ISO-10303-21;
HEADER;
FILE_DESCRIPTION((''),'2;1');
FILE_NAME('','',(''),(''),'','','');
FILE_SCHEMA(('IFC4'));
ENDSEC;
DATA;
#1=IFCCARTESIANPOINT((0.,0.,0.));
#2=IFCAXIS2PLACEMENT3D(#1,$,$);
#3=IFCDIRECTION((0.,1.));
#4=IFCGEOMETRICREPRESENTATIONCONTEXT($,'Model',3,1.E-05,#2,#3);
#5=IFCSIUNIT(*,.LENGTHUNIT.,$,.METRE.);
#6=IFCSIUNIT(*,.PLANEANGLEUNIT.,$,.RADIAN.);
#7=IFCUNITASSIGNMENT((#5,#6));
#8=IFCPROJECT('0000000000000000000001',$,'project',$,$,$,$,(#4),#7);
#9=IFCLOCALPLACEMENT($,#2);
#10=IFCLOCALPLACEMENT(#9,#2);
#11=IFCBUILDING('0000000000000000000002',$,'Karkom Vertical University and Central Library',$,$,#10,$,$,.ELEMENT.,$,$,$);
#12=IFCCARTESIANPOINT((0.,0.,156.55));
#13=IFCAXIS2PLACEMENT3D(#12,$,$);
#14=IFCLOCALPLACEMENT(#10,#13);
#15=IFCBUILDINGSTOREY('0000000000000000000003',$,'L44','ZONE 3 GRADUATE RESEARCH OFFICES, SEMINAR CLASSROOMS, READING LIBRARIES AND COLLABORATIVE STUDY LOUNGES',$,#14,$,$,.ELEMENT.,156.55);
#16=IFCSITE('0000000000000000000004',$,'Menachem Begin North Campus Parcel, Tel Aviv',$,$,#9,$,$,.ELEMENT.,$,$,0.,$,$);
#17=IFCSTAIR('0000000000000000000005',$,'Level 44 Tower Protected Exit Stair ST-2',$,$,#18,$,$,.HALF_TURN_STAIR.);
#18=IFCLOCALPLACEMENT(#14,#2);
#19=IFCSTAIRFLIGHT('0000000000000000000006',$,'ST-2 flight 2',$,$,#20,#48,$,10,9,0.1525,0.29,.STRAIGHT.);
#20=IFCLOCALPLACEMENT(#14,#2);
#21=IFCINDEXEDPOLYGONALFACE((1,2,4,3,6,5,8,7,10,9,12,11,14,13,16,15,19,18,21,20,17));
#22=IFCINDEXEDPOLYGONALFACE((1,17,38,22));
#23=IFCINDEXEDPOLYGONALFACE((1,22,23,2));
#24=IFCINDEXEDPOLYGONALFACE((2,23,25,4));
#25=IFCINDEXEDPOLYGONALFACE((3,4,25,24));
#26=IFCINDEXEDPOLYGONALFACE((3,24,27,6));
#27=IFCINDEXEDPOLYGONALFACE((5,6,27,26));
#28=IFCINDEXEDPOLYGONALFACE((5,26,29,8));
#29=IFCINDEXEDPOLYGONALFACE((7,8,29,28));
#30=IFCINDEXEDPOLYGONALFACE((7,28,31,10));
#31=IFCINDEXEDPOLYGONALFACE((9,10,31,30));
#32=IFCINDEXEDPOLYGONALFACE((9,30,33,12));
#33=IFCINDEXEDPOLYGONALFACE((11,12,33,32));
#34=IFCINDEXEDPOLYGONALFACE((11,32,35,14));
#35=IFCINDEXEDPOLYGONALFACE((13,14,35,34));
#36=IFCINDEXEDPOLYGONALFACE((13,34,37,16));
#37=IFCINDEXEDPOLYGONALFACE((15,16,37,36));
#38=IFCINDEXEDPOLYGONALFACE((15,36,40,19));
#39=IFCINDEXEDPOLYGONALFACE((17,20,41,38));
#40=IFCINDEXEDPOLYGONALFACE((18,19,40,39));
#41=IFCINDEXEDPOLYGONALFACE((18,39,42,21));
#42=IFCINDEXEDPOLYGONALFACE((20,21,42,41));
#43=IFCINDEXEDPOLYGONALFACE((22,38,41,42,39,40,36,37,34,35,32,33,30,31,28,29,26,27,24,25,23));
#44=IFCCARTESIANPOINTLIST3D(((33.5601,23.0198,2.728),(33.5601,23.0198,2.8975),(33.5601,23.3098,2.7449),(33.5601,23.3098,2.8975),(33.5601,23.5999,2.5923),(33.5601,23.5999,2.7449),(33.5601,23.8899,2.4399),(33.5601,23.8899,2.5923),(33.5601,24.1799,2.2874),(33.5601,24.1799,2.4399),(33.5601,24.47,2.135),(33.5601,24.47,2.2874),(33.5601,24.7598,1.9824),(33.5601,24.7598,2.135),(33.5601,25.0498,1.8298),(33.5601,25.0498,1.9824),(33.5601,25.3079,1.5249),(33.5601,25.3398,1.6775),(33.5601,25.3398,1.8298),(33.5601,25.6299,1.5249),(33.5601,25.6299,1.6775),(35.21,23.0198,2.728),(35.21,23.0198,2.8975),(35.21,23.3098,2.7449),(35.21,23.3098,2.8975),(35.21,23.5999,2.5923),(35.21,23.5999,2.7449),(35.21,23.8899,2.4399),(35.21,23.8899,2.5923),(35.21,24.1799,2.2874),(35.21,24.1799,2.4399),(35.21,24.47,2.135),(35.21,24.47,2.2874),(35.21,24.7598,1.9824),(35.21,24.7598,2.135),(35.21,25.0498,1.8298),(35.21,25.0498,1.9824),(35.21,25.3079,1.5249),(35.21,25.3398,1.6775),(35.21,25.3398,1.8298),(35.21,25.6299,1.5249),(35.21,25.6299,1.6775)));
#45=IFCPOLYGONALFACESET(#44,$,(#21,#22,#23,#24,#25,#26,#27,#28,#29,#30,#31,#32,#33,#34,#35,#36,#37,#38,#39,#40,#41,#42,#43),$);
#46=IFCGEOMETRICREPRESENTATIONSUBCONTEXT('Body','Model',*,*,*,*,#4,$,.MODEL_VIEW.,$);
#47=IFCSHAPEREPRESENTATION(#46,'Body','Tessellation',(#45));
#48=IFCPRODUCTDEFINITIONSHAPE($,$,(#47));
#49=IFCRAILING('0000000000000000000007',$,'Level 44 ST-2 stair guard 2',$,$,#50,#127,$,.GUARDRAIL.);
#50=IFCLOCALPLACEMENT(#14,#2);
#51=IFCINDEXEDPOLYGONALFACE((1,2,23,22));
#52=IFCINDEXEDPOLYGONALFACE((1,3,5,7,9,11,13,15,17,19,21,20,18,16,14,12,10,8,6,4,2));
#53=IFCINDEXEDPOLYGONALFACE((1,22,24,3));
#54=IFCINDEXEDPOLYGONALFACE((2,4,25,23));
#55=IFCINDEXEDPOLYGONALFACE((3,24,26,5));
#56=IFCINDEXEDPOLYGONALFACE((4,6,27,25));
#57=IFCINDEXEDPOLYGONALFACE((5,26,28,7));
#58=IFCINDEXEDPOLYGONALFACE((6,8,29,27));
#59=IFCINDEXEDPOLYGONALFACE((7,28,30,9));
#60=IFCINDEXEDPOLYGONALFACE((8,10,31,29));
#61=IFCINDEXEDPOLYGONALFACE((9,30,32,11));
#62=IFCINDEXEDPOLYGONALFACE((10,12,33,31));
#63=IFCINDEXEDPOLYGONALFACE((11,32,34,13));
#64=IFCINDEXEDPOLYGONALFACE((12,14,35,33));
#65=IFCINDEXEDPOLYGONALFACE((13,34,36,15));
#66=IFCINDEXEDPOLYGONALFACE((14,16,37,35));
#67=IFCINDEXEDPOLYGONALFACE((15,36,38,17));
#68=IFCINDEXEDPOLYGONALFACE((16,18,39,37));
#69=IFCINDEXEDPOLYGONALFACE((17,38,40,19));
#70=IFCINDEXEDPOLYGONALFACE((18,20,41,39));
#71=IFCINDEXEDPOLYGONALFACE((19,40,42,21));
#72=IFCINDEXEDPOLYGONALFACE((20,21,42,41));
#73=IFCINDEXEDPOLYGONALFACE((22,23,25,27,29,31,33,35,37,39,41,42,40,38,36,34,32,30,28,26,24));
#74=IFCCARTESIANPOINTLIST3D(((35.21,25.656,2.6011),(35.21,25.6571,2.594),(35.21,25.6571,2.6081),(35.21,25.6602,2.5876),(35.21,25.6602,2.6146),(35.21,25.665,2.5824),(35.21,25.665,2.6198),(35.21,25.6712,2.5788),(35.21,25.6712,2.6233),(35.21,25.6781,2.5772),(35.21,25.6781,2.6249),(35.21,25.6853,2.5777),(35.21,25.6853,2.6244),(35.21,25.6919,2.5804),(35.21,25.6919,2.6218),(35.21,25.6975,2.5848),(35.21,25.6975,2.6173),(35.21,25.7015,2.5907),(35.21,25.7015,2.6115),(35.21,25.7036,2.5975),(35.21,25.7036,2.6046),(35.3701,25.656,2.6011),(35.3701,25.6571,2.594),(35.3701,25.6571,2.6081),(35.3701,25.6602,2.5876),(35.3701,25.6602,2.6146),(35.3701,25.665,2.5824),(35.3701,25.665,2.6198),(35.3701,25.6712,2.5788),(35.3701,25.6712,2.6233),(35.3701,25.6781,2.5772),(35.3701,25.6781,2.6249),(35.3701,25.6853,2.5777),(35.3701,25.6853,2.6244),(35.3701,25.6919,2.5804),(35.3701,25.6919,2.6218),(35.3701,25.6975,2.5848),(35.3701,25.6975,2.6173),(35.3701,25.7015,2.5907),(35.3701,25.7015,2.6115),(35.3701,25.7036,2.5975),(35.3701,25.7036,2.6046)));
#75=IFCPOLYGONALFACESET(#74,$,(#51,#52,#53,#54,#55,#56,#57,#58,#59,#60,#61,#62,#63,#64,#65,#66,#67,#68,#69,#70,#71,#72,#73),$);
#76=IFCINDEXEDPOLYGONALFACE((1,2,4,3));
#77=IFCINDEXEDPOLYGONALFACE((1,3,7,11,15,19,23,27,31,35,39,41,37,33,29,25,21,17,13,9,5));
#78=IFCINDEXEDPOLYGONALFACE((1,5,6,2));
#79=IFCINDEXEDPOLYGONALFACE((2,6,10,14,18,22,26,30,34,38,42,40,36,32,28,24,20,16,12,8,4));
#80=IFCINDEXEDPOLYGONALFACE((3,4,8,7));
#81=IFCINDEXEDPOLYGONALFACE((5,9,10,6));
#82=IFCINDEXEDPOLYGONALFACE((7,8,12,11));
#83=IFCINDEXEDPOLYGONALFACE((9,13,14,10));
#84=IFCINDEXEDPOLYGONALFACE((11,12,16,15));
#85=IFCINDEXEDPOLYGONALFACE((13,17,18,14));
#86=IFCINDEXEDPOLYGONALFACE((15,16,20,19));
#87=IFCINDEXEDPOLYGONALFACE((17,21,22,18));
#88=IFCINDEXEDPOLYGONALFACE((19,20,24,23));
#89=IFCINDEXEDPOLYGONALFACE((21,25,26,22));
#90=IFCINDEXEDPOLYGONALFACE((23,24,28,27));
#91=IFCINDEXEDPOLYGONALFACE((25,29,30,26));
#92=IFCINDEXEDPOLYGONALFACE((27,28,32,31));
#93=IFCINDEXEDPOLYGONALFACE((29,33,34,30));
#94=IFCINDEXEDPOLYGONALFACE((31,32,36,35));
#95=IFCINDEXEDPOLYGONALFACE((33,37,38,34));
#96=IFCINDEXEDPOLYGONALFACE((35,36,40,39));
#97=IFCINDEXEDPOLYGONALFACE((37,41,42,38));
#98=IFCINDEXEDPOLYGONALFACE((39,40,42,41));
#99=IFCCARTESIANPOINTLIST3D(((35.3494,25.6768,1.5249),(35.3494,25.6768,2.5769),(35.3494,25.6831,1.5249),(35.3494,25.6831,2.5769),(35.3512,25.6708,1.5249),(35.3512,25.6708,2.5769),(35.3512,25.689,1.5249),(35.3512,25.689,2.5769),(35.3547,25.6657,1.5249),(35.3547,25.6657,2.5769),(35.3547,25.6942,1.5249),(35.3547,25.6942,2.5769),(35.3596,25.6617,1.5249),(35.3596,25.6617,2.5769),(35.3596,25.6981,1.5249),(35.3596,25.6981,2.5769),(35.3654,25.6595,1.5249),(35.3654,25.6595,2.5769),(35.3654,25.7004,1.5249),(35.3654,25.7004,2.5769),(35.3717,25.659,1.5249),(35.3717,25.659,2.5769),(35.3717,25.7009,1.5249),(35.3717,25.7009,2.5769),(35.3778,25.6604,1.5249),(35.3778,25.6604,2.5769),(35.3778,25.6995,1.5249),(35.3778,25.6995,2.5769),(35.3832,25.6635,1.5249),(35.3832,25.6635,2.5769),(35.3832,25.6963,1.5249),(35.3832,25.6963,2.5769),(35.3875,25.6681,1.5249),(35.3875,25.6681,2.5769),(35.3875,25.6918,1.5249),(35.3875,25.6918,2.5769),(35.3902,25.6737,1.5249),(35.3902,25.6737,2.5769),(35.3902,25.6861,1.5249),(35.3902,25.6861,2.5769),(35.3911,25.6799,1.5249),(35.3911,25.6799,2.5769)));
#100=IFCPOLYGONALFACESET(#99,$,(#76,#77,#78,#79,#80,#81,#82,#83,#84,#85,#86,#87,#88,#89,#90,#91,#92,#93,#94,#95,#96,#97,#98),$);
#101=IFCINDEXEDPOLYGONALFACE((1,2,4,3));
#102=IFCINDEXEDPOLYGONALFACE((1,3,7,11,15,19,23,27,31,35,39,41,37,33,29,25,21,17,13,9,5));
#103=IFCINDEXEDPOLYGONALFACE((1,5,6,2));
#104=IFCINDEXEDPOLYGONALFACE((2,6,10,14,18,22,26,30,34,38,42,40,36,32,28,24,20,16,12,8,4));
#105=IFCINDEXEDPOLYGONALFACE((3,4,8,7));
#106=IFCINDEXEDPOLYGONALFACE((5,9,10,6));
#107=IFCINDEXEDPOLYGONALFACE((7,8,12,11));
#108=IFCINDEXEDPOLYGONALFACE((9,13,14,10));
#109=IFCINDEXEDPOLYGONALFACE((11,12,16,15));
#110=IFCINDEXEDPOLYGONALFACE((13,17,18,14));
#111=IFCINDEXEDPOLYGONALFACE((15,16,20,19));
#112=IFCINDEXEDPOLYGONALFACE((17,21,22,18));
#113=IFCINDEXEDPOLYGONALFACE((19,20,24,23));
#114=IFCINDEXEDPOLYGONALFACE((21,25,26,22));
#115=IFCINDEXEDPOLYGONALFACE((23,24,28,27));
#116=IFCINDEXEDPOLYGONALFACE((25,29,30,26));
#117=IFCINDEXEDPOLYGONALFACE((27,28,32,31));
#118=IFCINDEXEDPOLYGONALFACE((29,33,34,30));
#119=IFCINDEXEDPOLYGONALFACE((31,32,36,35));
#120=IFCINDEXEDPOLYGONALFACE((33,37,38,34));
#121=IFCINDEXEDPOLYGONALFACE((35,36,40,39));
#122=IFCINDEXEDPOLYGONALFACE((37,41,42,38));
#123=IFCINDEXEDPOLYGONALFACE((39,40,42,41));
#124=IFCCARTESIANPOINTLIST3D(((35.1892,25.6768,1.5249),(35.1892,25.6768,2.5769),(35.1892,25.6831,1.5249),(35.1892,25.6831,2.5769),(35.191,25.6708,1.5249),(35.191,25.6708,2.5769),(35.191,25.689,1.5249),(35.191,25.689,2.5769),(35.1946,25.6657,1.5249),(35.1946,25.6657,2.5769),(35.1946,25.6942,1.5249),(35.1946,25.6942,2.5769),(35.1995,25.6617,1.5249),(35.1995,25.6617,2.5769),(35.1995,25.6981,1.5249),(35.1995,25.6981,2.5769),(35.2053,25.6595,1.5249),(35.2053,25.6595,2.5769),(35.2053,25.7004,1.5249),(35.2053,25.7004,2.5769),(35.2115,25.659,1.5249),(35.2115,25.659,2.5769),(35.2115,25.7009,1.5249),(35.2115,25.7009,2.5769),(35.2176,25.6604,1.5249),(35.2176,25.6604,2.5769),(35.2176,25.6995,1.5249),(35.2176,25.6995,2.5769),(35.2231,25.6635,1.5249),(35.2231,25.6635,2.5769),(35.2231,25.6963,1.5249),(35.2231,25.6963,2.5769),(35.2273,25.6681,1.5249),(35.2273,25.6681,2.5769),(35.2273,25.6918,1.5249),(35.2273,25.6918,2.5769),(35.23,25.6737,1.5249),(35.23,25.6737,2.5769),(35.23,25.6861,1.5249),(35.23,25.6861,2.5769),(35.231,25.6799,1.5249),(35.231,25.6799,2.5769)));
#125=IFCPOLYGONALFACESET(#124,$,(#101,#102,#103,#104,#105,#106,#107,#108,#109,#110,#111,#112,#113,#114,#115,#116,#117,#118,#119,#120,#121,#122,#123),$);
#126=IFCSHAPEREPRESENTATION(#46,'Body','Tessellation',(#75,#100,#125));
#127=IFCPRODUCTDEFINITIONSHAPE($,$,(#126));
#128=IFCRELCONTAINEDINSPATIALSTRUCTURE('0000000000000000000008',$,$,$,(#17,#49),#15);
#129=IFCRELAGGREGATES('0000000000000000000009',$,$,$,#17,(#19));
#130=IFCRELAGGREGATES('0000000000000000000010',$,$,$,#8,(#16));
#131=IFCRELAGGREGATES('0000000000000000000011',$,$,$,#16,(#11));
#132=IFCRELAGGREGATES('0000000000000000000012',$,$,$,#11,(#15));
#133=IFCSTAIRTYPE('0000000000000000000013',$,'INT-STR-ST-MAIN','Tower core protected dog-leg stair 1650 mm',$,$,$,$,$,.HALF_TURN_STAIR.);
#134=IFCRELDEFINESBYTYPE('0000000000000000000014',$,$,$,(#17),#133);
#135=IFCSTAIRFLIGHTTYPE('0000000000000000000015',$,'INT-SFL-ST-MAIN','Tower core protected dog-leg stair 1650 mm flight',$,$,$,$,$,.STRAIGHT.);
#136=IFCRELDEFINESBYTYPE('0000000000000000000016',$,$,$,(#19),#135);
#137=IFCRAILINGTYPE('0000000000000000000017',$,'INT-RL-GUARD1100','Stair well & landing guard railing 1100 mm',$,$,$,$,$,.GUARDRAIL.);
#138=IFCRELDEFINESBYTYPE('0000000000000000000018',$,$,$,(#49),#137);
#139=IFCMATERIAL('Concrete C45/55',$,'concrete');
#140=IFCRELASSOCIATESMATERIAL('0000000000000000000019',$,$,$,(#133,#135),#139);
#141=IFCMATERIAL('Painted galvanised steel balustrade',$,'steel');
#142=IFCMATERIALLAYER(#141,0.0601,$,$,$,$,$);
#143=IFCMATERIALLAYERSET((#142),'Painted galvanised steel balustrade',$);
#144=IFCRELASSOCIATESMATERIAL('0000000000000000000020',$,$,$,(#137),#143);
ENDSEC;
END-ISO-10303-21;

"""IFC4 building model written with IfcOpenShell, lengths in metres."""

from ifc_helpers import new_model, si_unit, direction, frame, origin, origin_2d, place, context, subcontext, project, spatial, polyline, circle, outline, extrude, material, layer, layer_set, type_object, element, aggregate, save


model = new_model("IFC4")

# Units and contexts
model_context = context("Model", 3, precision=1e-05, world=origin(), true_north=direction((0.0, 1.0)))
body_context = subcontext(model_context, "Body", "Model", "MODEL_VIEW")
ifc_project = project(units=[si_unit("LENGTHUNIT", "METRE"), si_unit("PLANEANGLEUNIT", "RADIAN")], contexts=[model_context])

# Site, building, storey
site_placement = place(None, origin())
site = spatial("IfcSite", under=ifc_project, at=site_placement, Name="Menachem Begin North Campus Parcel, Tel Aviv", CompositionType="ELEMENT", RefElevation=0.0)
building_placement = place(site_placement, origin())
building = spatial("IfcBuilding", under=site, at=building_placement, Name="Karkom Vertical University and Central Library", CompositionType="ELEMENT")
storey_placement = place(building_placement, frame((0.0, 0.0, 156.55)))
storey = spatial("IfcBuildingStorey", under=building, at=storey_placement, Name="L44", Description="ZONE 3 GRADUATE RESEARCH OFFICES, SEMINAR CLASSROOMS, READING LIBRARIES AND COLLABORATIVE STUDY LOUNGES", CompositionType="ELEMENT", Elevation=156.55)

# Shared definitions
ifc_material_1 = material(Name="Concrete C45/55", Category="concrete")

# Stair, stair flight
stair_type = type_object("IfcStairType", Name="INT-STR-ST-MAIN", Description="Tower core protected dog-leg stair 1650 mm", PredefinedType="HALF_TURN_STAIR", material=ifc_material_1)
stair_placement = place(storey_placement, origin())
stair = element("IfcStair", 1, at=stair_placement, inside=storey, type_object=stair_type, Name="Level 44 Tower Protected Exit Stair ST-2", PredefinedType="HALF_TURN_STAIR")
stair_flight_type = type_object("IfcStairFlightType", Name="INT-SFL-ST-MAIN", Description="Tower core protected dog-leg stair 1650 mm flight", PredefinedType="STRAIGHT", material=ifc_material_1)
stair_flight_placement = place(storey_placement, frame((34.385, 25.6299, 1.5249), z_axis=(0.0, 0.0, 1.0), x_axis=(0.0, -1.0, 0.0)))
stair_flight = element("IfcStairFlight", 2, at=stair_flight_placement, type_object=stair_flight_type, Name="ST-2 flight 2", NumberOfRisers=10, NumberOfTreads=9, PredefinedType="STRAIGHT", RiserHeight=0.1525, TreadLength=0.29, context=body_context, shape_type="SweptSolid", body=[
    extrude(outline(polyline([(0.0, 0.0), (0.0, 0.1526), (0.29, 0.1526), (0.29, 0.3049), (0.5801, 0.3049), (0.5801, 0.4575), (0.8701, 0.4575), (0.8701, 0.6101), (1.1599, 0.6101), (1.1599, 0.7625), (1.45, 0.7625), (1.45, 0.915), (1.74, 0.915), (1.74, 1.0674), (2.03, 1.0674), (2.03, 1.22), (2.3201, 1.22), (2.3201, 1.3726), (2.6101, 1.3726), (2.6101, 1.5249), (2.6101, 1.2031), (0.322, 0.0), (0.0, 0.0)])), frame((0.0, 0.825, 0.0), z_axis=(0.0, -1.0, 0.0), x_axis=(1.0, 0.0, 0.0)), (0.0, 0.0, 1.0), 1.6499),
])
aggregate(stair, [stair_flight])

# Railing
ifc_material_2 = material(Name="Painted galvanised steel balustrade", Category="steel")
ifc_layer_1 = layer(ifc_material_2, 0.0601)
ifc_layer_set_1 = layer_set([ifc_layer_1], Name="Painted galvanised steel balustrade")
railing_type_1 = type_object("IfcRailingType", Name="INT-RL-GUARD1100", Description="Stair well & landing guard railing 1100 mm", PredefinedType="GUARDRAIL", material=ifc_layer_set_1)
railing_1_placement = place(storey_placement, frame((35.3701, 25.6799, 1.5249)))
element("IfcRailing", 3, at=railing_1_placement, inside=storey, type_object=railing_type_1, Name="Level 44 ST-2 stair guard 2", PredefinedType="GUARDRAIL", context=body_context, shape_type="SweptSolid", body=[
    extrude(circle(Radius=0.0239, at=origin_2d()), frame((0.0, 0.0, 1.0762), z_axis=(-1.0, 0.0, 0.0), x_axis=(0.0, -1.0, 0.0)), (0.0, 0.0, 1.0), 0.1602),
    extrude(circle(Radius=0.021, at=origin_2d()), origin(), (0.0, 0.0, 1.0), 1.052),
    extrude(circle(Radius=0.021, at=origin_2d()), frame((-0.1602, 0.0, 0.0)), (0.0, 0.0, 1.0), 1.052),
])

save(model, "model.ifc")
